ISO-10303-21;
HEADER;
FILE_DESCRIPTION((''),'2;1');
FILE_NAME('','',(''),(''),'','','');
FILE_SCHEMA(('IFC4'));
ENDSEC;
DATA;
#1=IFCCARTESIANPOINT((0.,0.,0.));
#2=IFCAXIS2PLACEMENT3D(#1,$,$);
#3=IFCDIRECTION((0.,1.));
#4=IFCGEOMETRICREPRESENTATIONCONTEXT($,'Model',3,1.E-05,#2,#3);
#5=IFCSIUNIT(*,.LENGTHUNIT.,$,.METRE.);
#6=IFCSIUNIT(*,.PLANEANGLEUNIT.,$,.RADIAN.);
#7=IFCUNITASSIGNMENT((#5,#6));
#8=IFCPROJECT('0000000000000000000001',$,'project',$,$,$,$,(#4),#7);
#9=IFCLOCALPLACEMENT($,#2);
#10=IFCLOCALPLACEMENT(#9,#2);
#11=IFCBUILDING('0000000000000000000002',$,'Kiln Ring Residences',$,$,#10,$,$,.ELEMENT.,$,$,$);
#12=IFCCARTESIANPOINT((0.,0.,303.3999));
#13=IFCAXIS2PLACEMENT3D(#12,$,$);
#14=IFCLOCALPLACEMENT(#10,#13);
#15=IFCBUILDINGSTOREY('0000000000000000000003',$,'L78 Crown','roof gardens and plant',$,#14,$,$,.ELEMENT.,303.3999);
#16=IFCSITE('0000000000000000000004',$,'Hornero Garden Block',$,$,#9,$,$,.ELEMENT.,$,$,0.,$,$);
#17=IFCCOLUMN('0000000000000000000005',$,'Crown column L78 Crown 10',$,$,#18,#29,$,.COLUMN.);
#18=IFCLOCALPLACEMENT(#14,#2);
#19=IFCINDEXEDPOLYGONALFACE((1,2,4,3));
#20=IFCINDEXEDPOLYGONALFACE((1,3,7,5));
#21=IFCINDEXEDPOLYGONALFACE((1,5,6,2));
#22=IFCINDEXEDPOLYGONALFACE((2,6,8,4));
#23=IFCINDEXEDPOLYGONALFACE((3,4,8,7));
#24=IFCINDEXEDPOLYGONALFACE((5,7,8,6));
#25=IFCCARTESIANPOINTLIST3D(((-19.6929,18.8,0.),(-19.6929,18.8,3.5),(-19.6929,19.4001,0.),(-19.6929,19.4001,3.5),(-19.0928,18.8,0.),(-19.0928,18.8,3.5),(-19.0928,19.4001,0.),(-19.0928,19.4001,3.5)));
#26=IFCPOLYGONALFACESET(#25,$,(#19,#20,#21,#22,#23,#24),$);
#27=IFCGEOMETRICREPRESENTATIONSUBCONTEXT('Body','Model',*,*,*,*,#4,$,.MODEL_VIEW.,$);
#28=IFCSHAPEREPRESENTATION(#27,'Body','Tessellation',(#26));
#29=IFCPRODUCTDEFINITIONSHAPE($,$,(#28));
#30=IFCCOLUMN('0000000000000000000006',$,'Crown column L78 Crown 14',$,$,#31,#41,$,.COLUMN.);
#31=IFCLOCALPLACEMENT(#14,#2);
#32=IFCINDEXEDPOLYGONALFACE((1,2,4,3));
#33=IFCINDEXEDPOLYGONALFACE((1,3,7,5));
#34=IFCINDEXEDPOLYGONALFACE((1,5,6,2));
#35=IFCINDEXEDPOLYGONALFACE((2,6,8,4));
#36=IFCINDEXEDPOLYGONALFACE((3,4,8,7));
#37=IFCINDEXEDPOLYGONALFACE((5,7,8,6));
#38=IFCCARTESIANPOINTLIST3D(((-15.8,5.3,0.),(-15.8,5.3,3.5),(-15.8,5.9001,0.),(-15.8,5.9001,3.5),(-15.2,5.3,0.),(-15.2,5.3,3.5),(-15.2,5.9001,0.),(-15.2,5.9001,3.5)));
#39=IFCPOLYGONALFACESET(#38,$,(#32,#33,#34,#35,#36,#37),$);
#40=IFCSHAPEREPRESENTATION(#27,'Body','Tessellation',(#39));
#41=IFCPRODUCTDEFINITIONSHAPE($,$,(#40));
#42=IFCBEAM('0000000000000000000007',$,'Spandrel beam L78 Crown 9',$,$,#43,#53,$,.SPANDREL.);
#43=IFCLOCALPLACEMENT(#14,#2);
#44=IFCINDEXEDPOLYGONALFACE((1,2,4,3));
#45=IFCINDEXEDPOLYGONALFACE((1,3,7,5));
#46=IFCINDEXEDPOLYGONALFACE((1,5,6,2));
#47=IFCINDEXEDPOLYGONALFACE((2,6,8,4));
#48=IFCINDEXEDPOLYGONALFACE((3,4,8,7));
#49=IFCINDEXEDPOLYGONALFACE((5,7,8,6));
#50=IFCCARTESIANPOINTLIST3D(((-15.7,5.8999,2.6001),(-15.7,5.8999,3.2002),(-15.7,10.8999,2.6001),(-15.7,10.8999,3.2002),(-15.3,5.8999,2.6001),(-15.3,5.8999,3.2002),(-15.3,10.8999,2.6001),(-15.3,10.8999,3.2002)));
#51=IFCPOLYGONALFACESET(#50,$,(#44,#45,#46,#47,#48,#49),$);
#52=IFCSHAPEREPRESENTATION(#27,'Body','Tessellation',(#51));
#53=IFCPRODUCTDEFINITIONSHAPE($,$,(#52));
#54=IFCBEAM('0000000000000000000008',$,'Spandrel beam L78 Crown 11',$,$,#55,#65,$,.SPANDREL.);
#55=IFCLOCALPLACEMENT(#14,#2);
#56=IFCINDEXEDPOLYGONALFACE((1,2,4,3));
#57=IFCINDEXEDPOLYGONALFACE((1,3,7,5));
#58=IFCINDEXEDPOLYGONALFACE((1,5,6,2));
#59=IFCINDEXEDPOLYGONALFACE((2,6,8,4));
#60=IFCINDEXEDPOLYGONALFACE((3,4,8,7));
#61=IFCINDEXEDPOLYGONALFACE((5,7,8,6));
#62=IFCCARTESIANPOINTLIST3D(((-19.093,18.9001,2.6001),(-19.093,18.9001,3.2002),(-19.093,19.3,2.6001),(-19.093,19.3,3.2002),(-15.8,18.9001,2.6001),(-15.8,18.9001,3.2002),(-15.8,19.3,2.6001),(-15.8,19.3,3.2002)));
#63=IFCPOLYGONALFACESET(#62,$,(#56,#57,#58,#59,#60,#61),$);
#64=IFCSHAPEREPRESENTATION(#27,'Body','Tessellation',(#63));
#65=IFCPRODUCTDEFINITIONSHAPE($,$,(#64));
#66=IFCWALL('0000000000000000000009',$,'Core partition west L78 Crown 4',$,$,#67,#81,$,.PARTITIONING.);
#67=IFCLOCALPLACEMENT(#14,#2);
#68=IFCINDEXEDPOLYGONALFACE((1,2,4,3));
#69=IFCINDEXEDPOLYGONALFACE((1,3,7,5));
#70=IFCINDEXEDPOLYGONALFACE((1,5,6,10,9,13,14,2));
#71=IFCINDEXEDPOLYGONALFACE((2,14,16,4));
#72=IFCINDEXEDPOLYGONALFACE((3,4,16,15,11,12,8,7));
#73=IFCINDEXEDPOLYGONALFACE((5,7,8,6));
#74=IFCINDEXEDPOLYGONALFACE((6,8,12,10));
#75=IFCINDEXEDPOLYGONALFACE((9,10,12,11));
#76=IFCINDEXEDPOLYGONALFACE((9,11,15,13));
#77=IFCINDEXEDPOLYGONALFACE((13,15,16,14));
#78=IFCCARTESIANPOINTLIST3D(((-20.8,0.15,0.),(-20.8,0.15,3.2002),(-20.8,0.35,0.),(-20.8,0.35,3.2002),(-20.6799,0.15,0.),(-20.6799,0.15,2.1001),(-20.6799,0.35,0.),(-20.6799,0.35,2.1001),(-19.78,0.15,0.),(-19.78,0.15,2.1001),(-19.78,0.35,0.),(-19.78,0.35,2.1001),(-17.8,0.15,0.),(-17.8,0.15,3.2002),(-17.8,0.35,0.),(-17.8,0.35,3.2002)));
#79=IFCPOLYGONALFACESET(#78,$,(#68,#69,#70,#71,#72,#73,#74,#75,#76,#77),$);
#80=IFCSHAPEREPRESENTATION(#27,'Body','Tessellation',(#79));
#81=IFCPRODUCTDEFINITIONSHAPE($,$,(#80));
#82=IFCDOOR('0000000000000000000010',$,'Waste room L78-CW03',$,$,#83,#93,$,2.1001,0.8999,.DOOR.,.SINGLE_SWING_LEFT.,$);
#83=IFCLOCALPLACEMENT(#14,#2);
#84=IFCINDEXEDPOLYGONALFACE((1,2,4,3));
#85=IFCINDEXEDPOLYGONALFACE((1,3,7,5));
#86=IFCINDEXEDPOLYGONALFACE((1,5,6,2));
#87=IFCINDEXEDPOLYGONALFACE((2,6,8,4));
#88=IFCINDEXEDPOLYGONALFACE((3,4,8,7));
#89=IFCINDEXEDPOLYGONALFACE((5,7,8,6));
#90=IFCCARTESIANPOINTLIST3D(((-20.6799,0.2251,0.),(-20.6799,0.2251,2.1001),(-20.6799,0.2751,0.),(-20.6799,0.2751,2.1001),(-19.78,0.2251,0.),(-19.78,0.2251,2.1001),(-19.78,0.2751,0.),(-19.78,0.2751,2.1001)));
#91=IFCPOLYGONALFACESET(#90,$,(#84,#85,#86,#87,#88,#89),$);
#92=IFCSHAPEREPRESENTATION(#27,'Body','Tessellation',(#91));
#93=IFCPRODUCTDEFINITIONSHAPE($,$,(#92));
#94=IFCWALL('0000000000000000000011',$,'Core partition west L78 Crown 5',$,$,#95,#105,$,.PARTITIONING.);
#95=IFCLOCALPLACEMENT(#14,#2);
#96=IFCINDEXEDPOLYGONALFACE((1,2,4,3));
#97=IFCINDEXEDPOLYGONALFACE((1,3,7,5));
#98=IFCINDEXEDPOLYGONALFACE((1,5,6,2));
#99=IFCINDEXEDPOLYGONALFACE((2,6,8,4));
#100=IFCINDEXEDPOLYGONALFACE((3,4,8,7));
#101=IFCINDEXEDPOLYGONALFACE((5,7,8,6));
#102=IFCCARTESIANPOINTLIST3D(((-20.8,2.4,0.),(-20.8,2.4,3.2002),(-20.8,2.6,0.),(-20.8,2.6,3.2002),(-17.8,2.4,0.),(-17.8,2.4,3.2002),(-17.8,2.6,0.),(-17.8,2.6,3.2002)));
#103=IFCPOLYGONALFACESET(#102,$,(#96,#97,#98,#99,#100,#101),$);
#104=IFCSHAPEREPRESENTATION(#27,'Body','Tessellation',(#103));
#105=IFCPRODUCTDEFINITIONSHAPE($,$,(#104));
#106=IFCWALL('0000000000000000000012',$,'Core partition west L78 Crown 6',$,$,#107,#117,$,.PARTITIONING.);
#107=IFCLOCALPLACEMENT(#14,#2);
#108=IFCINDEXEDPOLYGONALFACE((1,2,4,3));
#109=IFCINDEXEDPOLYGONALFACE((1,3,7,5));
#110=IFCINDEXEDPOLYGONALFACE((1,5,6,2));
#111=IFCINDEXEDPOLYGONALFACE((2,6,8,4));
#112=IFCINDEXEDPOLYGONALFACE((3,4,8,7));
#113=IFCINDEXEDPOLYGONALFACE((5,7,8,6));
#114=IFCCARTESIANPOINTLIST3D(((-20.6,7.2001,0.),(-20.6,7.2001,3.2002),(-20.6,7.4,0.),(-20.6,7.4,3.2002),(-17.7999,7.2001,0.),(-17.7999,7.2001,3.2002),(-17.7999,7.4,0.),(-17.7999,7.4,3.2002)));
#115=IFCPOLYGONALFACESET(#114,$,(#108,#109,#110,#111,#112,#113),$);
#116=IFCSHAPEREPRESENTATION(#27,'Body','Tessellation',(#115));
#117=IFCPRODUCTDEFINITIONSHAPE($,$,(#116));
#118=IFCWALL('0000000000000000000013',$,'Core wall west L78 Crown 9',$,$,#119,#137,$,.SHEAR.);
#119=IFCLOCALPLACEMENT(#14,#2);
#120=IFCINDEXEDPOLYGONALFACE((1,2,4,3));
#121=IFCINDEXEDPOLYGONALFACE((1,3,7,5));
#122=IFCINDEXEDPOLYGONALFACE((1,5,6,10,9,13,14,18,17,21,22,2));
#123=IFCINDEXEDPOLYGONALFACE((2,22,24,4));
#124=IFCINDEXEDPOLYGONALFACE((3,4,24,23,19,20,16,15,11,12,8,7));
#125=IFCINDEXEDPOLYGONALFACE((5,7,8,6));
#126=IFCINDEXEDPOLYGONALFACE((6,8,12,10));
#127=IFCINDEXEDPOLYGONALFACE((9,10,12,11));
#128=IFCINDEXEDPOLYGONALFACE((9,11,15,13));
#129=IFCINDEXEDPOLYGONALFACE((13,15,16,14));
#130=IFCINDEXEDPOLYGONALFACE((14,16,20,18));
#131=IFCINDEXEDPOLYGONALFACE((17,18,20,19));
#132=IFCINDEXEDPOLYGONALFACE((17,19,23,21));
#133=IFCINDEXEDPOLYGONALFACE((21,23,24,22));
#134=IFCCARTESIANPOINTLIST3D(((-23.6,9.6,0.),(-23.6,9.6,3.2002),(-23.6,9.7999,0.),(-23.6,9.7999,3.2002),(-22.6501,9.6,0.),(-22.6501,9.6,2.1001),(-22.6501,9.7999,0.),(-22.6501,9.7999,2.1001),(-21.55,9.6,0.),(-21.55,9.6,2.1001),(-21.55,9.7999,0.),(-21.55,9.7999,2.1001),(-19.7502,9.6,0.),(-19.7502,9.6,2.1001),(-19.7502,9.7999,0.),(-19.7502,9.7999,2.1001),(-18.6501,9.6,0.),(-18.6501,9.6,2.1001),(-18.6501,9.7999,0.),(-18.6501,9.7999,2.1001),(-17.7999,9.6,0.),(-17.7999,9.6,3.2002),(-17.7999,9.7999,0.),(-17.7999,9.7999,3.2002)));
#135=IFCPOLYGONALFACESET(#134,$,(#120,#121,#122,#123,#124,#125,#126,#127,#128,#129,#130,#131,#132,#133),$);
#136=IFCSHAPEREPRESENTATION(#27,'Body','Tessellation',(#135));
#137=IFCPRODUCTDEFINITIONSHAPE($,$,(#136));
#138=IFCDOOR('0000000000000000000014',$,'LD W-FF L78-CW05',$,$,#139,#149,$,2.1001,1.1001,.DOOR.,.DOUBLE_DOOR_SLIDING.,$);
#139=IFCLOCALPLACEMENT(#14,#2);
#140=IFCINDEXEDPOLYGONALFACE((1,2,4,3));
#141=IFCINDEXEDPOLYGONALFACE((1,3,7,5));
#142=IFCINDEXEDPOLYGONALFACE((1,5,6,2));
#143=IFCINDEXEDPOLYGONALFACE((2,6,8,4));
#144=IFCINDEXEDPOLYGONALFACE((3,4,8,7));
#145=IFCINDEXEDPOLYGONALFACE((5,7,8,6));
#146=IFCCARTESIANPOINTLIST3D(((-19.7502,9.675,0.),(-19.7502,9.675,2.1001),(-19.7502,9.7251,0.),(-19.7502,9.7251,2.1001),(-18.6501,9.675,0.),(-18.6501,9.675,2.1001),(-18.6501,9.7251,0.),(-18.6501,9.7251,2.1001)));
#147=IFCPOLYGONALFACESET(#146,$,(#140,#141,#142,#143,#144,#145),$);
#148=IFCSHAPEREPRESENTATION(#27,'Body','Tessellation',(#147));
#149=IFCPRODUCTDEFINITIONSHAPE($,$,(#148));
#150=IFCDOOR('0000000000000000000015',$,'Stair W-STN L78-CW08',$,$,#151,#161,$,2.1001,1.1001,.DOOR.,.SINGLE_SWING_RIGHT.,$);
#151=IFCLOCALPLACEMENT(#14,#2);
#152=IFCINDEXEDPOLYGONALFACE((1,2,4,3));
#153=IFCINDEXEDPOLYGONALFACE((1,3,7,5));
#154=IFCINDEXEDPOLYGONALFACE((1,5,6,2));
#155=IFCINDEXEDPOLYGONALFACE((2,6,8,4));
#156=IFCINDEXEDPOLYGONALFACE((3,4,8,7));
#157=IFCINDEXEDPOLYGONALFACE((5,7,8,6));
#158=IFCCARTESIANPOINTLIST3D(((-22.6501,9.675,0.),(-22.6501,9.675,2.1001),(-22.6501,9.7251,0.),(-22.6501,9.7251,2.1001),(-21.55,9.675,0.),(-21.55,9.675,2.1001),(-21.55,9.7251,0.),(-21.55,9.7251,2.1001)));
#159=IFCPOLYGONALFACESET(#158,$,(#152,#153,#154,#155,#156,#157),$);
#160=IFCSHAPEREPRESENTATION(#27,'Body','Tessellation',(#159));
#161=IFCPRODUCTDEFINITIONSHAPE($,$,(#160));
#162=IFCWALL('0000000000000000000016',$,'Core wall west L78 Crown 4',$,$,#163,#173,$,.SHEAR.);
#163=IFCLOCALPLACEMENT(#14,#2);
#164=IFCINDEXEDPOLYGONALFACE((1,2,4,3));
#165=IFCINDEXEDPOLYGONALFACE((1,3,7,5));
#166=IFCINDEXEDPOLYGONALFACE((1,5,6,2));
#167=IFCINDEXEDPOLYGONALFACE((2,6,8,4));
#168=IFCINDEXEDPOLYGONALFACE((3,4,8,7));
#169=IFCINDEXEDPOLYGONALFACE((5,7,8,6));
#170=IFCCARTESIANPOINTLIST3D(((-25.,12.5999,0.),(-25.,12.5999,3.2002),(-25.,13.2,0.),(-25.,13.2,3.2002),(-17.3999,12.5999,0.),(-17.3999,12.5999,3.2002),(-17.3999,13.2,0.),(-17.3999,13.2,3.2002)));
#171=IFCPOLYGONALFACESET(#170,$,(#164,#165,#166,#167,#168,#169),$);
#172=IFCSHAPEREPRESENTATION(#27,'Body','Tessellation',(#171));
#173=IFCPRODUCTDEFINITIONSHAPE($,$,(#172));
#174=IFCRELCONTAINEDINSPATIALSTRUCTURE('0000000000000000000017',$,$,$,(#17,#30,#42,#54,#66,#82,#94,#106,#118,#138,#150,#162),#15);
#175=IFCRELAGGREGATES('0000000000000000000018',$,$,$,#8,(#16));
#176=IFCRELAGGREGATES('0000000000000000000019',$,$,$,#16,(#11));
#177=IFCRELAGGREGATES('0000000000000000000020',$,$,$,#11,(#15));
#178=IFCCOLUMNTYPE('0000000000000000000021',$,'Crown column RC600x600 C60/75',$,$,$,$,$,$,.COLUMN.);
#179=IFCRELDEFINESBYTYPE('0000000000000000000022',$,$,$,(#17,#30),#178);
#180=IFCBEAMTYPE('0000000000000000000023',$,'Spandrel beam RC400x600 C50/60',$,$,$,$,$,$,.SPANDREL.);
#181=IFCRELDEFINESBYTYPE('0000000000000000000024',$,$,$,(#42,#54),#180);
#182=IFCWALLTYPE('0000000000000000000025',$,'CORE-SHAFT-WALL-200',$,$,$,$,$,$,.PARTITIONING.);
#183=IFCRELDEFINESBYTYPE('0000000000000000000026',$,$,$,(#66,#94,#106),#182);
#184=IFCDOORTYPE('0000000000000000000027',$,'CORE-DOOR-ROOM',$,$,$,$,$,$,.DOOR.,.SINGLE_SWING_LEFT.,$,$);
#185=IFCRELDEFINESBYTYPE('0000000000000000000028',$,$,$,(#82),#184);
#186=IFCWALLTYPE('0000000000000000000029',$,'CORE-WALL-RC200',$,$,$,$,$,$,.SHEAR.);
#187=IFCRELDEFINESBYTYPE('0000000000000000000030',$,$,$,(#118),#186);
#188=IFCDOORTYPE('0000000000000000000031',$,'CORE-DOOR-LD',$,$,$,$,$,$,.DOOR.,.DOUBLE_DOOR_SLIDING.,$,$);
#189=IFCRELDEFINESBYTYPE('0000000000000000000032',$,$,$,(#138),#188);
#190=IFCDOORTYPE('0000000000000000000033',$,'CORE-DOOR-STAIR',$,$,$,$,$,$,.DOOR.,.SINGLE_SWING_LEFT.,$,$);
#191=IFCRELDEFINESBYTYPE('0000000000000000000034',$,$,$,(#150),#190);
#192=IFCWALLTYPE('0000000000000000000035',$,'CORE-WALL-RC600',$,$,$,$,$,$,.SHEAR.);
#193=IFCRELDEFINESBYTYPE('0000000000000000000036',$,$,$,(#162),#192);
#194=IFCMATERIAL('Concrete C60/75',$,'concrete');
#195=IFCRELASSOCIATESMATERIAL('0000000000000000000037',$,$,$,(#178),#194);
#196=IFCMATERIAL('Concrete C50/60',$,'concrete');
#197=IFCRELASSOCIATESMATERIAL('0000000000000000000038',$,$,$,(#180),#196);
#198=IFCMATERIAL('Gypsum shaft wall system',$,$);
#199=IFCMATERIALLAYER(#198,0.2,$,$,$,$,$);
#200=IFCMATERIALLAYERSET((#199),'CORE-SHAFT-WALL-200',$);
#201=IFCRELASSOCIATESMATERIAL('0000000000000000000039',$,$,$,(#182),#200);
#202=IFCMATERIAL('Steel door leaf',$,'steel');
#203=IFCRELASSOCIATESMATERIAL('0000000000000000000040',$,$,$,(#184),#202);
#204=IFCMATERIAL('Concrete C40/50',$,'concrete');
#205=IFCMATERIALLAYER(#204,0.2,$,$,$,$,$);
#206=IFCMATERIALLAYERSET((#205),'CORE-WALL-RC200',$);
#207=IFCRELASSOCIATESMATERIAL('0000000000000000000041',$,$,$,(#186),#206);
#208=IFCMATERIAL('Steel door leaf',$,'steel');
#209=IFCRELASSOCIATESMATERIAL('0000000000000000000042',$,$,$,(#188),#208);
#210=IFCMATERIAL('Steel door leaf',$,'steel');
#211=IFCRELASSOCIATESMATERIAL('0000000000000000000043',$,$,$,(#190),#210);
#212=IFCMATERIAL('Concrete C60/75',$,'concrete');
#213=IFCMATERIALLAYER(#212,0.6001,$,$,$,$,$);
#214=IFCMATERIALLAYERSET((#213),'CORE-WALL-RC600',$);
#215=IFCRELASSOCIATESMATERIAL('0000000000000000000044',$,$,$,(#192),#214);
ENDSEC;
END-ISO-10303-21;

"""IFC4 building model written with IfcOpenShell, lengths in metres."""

from ifc_helpers import new_model, si_unit, direction, frame, frame_2d, origin, origin_2d, place, context, subcontext, project, spatial, rectangle, extrude, material, layer, layer_set, material_profile, profile_set, type_object, element, fill, save


model = new_model("IFC4")

# Units and contexts
model_context = context("Model", 3, precision=1e-05, world=origin(), true_north=direction((0.0, 1.0)))
body_context = subcontext(model_context, "Body", "Model", "MODEL_VIEW")
ifc_project = project(units=[si_unit("LENGTHUNIT", "METRE"), si_unit("PLANEANGLEUNIT", "RADIAN")], contexts=[model_context])

# Site, building, storey
site_placement = place(None, origin())
site = spatial("IfcSite", under=ifc_project, at=site_placement, Name="Hornero Garden Block", CompositionType="ELEMENT", RefElevation=0.0)
building_placement = place(site_placement, origin())
building = spatial("IfcBuilding", under=site, at=building_placement, Name="Kiln Ring Residences", CompositionType="ELEMENT")
storey_placement = place(building_placement, frame((0.0, 0.0, 303.3999)))
storey = spatial("IfcBuildingStorey", under=building, at=storey_placement, Name="L78 Crown", Description="roof gardens and plant", CompositionType="ELEMENT", Elevation=303.3999)

# Columns
ifc_material_1 = material(Name="Concrete C60/75", Category="concrete")
ifc_material_profile_1 = material_profile(ifc_material_1, rectangle(XDim=0.6001, YDim=0.6001, at=origin_2d()), Name="RC600x600")
ifc_profile_set_1 = profile_set([ifc_material_profile_1], Name="Concrete C60/75")
column_type = type_object("IfcColumnType", Name="Crown column RC600x600 C60/75", PredefinedType="COLUMN", material=ifc_profile_set_1)
for number, where, z_axis, x_axis, name in (
    (1, (-19.3928, 19.1001, 0.0), (0.0, 0.0, 1.0), (1.0, 0.0, 0.0), "Crown column L78 Crown 10"),
    (2, (-15.5, 5.6001, 0.0), (0.0, 0.0, 1.0), (1.0, 0.0, 0.0), "Crown column L78 Crown 14"),
):
    element("IfcColumn", number, at=place(storey_placement, frame(where, z_axis=z_axis, x_axis=x_axis)), inside=storey, type_object=column_type, Name=name, PredefinedType="COLUMN", context=body_context, shape_type="SweptSolid", body=[
        extrude(rectangle(XDim=0.6001, YDim=0.6001, at=origin_2d()), origin(), (0.0, 0.0, 1.0), 3.5),
    ])

# Beams
ifc_material_2 = material(Name="Concrete C50/60", Category="concrete")
ifc_material_profile_2 = material_profile(ifc_material_2, rectangle(XDim=0.3999, YDim=0.6001, at=origin_2d()), Name="RC400x600")
ifc_profile_set_2 = profile_set([ifc_material_profile_2], Name="Concrete C50/60")
beam_type = type_object("IfcBeamType", Name="Spandrel beam RC400x600 C50/60", PredefinedType="SPANDREL", material=ifc_profile_set_2)
beam_1_placement = place(storey_placement, frame((-15.5, 5.8999, 2.9001), z_axis=(0.0, 1.0, 0.0), x_axis=(-1.0, 0.0, 0.0)))
element("IfcBeam", 3, at=beam_1_placement, inside=storey, type_object=beam_type, Name="Spandrel beam L78 Crown 9", PredefinedType="SPANDREL", context=body_context, shape_type="SweptSolid", body=[
    extrude(rectangle(XDim=0.3999, YDim=0.6001, at=origin_2d()), origin(), (0.0, 0.0, 1.0), 5.0),
])
beam_2_placement = place(storey_placement, frame((-15.8, 19.1001, 2.9001), z_axis=(-1.0, 0.0, 0.0), x_axis=(0.0, -1.0, 0.0)))
element("IfcBeam", 4, at=beam_2_placement, inside=storey, type_object=beam_type, Name="Spandrel beam L78 Crown 11", PredefinedType="SPANDREL", context=body_context, shape_type="SweptSolid", body=[
    extrude(rectangle(XDim=0.3999, YDim=0.6001, at=origin_2d()), origin(), (0.0, 0.0, 1.0), 3.293),
])

# Wall, opening, door
ifc_material_3 = material(Name="Gypsum shaft wall system")
ifc_layer_1 = layer(ifc_material_3, 0.2)
ifc_layer_set_1 = layer_set([ifc_layer_1], Name="CORE-SHAFT-WALL-200")
wall_type_1 = type_object("IfcWallType", Name="CORE-SHAFT-WALL-200", PredefinedType="PARTITIONING", material=ifc_layer_set_1)
wall_1_placement = place(storey_placement, frame((-17.8, 0.25, 0.0), z_axis=(0.0, 0.0, 1.0), x_axis=(-1.0, 0.0, 0.0)))
wall_1 = element("IfcWall", 5, at=wall_1_placement, inside=storey, type_object=wall_type_1, Name="Core partition west L78 Crown 4", PredefinedType="PARTITIONING", context=body_context, shape_type="SweptSolid", body=[
    extrude(rectangle(XDim=3.0, YDim=0.2, at=frame_2d((1.5, 0.0))), origin(), (0.0, 0.0, 1.0), 3.2002),
])
opening_1_placement = place(wall_1_placement, frame((1.98, 0.0, 0.0)))
opening_1 = element("IfcOpeningElement", 6, at=opening_1_placement, cuts=wall_1, PredefinedType="OPENING", context=body_context, shape_type="SweptSolid", body=[
    extrude(rectangle(XDim=0.8999, YDim=2.1001, at=frame_2d((0.45, 1.05))), frame((0.0, 0.1099, 0.0), z_axis=(0.0, -1.0, 0.0), x_axis=(1.0, 0.0, 0.0)), (0.0, 0.0, 1.0), 0.22),
])
ifc_material_4 = material(Name="Steel door leaf", Category="steel")
door_type_1 = type_object("IfcDoorType", Name="CORE-DOOR-ROOM", OperationType="SINGLE_SWING_LEFT", PredefinedType="DOOR", material=ifc_material_4)
door_1_placement = place(opening_1_placement, origin())
door_1 = element("IfcDoor", 7, at=door_1_placement, inside=storey, type_object=door_type_1, Name="Waste room L78-CW03", OperationType="SINGLE_SWING_LEFT", OverallHeight=2.1001, OverallWidth=0.8999, PredefinedType="DOOR", context=body_context, shape_type="SweptSolid", body=[
    extrude(rectangle(XDim=0.8999, YDim=2.1001, at=frame_2d((0.45, 1.05))), frame((0.0, 0.0249, 0.0), z_axis=(0.0, -1.0, 0.0), x_axis=(1.0, 0.0, 0.0)), (0.0, 0.0, 1.0), 0.05),
])
fill(opening_1, door_1)

# Walls
wall_2_placement = place(storey_placement, frame((-17.8, 2.5, 0.0), z_axis=(0.0, 0.0, 1.0), x_axis=(-1.0, 0.0, 0.0)))
element("IfcWall", 8, at=wall_2_placement, inside=storey, type_object=wall_type_1, Name="Core partition west L78 Crown 5", PredefinedType="PARTITIONING", context=body_context, shape_type="SweptSolid", body=[
    extrude(rectangle(XDim=3.0, YDim=0.2, at=frame_2d((1.5, 0.0))), origin(), (0.0, 0.0, 1.0), 3.2002),
])
wall_3_placement = place(storey_placement, frame((-17.8, 7.3, 0.0), z_axis=(0.0, 0.0, 1.0), x_axis=(-1.0, 0.0, 0.0)))
element("IfcWall", 9, at=wall_3_placement, inside=storey, type_object=wall_type_1, Name="Core partition west L78 Crown 6", PredefinedType="PARTITIONING", context=body_context, shape_type="SweptSolid", body=[
    extrude(rectangle(XDim=2.8, YDim=0.2, at=frame_2d((1.3999, 0.0))), origin(), (0.0, 0.0, 1.0), 3.2002),
])

# Wall, openings, doors
ifc_material_5 = material(Name="Concrete C40/50", Category="concrete")
ifc_layer_2 = layer(ifc_material_5, 0.2)
ifc_layer_set_2 = layer_set([ifc_layer_2], Name="CORE-WALL-RC200")
wall_type_2 = type_object("IfcWallType", Name="CORE-WALL-RC200", PredefinedType="SHEAR", material=ifc_layer_set_2)
wall_4_placement = place(storey_placement, frame((-17.8, 9.7, 0.0), z_axis=(0.0, 0.0, 1.0), x_axis=(-1.0, 0.0, 0.0)))
wall_4 = element("IfcWall", 10, at=wall_4_placement, inside=storey, type_object=wall_type_2, Name="Core wall west L78 Crown 9", PredefinedType="SHEAR", context=body_context, shape_type="SweptSolid", body=[
    extrude(rectangle(XDim=5.8, YDim=0.2, at=frame_2d((2.8999, 0.0))), origin(), (0.0, 0.0, 1.0), 3.2002),
])
opening_2_placement = place(wall_4_placement, frame((0.8501, 0.0, 0.0)))
opening_2 = element("IfcOpeningElement", 11, at=opening_2_placement, cuts=wall_4, PredefinedType="OPENING", context=body_context, shape_type="SweptSolid", body=[
    extrude(rectangle(XDim=1.1001, YDim=2.1001, at=frame_2d((0.55, 1.05))), frame((0.0, 0.1099, 0.0), z_axis=(0.0, -1.0, 0.0), x_axis=(1.0, 0.0, 0.0)), (0.0, 0.0, 1.0), 0.22),
])
opening_3_placement = place(wall_4_placement, frame((3.75, 0.0, 0.0)))
opening_3 = element("IfcOpeningElement", 12, at=opening_3_placement, cuts=wall_4, PredefinedType="OPENING", context=body_context, shape_type="SweptSolid", body=[
    extrude(rectangle(XDim=1.1001, YDim=2.1001, at=frame_2d((0.55, 1.05))), frame((0.0, 0.1099, 0.0), z_axis=(0.0, -1.0, 0.0), x_axis=(1.0, 0.0, 0.0)), (0.0, 0.0, 1.0), 0.22),
])
ifc_material_6 = material(Name="Steel door leaf", Category="steel")
door_type_2 = type_object("IfcDoorType", Name="CORE-DOOR-LD", OperationType="DOUBLE_DOOR_SLIDING", PredefinedType="DOOR", material=ifc_material_6)
door_2_placement = place(opening_2_placement, origin())
door_2 = element("IfcDoor", 13, at=door_2_placement, inside=storey, type_object=door_type_2, Name="LD W-FF L78-CW05", OperationType="DOUBLE_DOOR_SLIDING", OverallHeight=2.1001, OverallWidth=1.1001, PredefinedType="DOOR", context=body_context, shape_type="SweptSolid", body=[
    extrude(rectangle(XDim=1.1001, YDim=2.1001, at=frame_2d((0.55, 1.05))), frame((0.0, 0.0249, 0.0), z_axis=(0.0, -1.0, 0.0), x_axis=(1.0, 0.0, 0.0)), (0.0, 0.0, 1.0), 0.05),
])
fill(opening_2, door_2)
ifc_material_7 = material(Name="Steel door leaf", Category="steel")
door_type_3 = type_object("IfcDoorType", Name="CORE-DOOR-STAIR", OperationType="SINGLE_SWING_LEFT", PredefinedType="DOOR", material=ifc_material_7)
door_3_placement = place(opening_3_placement, origin())
door_3 = element("IfcDoor", 14, at=door_3_placement, inside=storey, type_object=door_type_3, Name="Stair W-STN L78-CW08", OperationType="SINGLE_SWING_RIGHT", OverallHeight=2.1001, OverallWidth=1.1001, PredefinedType="DOOR", context=body_context, shape_type="SweptSolid", body=[
    extrude(rectangle(XDim=1.1001, YDim=2.1001, at=frame_2d((0.55, 1.05))), frame((0.0, 0.0249, 0.0), z_axis=(0.0, -1.0, 0.0), x_axis=(1.0, 0.0, 0.0)), (0.0, 0.0, 1.0), 0.05),
])
fill(opening_3, door_3)

# Wall
ifc_material_8 = material(Name="Concrete C60/75", Category="concrete")
ifc_layer_3 = layer(ifc_material_8, 0.6001)
ifc_layer_set_3 = layer_set([ifc_layer_3], Name="CORE-WALL-RC600")
wall_type_3 = type_object("IfcWallType", Name="CORE-WALL-RC600", PredefinedType="SHEAR", material=ifc_layer_set_3)
wall_5_placement = place(storey_placement, frame((-17.3999, 12.8999, 0.0), z_axis=(0.0, 0.0, 1.0), x_axis=(-1.0, 0.0, 0.0)))
element("IfcWall", 15, at=wall_5_placement, inside=storey, type_object=wall_type_3, Name="Core wall west L78 Crown 4", PredefinedType="SHEAR", context=body_context, shape_type="SweptSolid", body=[
    extrude(rectangle(XDim=7.6001, YDim=0.6001, at=frame_2d((3.8, 0.0))), origin(), (0.0, 0.0, 1.0), 3.2002),
])

save(model, "model.ifc")
